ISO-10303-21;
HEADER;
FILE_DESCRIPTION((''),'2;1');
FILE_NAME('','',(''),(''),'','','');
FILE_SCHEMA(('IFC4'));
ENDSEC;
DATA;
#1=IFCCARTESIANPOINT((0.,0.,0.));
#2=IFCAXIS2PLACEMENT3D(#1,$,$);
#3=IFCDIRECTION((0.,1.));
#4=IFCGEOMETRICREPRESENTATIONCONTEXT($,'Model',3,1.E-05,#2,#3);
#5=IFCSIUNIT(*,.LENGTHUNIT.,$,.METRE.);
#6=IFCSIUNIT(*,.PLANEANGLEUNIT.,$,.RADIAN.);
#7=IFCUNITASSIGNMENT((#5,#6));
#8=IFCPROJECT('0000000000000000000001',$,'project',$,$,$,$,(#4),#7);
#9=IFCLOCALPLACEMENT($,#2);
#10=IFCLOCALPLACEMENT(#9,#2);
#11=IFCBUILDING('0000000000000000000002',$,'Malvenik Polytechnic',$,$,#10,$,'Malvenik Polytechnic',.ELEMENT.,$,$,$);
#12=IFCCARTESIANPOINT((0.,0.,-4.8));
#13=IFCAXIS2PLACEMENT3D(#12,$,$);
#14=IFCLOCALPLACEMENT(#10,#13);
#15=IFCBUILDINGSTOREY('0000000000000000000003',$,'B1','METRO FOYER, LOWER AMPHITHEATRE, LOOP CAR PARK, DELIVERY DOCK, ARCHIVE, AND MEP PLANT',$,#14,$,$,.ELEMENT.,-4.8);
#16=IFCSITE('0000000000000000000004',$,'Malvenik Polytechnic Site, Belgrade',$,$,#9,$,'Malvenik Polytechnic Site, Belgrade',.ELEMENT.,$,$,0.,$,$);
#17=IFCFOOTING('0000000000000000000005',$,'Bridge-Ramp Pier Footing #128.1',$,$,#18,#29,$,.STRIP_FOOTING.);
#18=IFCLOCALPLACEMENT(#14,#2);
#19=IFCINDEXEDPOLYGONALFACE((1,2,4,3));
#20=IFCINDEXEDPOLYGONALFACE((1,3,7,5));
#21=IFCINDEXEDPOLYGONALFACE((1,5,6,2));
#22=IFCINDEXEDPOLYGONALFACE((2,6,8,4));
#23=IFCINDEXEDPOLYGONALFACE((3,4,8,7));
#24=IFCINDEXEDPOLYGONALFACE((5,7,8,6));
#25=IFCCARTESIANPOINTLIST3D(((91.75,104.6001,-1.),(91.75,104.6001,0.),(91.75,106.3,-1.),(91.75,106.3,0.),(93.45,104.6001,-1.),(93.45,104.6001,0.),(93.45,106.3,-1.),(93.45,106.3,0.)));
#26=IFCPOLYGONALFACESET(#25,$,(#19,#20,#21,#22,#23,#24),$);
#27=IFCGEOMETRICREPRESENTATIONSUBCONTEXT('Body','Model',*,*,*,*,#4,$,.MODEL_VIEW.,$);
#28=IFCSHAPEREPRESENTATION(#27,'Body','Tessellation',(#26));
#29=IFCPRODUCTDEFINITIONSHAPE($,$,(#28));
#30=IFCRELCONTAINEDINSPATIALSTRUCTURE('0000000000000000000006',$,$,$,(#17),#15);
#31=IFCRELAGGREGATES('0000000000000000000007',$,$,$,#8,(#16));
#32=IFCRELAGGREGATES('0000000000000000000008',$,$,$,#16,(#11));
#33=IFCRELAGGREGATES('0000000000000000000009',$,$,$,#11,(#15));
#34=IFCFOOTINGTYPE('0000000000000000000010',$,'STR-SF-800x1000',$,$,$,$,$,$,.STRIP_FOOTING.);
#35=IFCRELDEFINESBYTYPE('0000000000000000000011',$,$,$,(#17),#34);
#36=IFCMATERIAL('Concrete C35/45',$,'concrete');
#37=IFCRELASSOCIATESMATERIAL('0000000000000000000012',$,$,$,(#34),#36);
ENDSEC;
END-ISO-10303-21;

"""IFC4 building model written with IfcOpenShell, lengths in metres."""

from ifc_helpers import new_model, si_unit, direction, frame, origin, place, context, subcontext, project, spatial, polyline, outline, extrude, material, type_object, element, save


model = new_model("IFC4")

# Units and contexts
model_context = context("Model", 3, precision=1e-05, world=origin(), true_north=direction((0.0, 1.0)))
body_context = subcontext(model_context, "Body", "Model", "MODEL_VIEW")
ifc_project = project(units=[si_unit("LENGTHUNIT", "METRE"), si_unit("PLANEANGLEUNIT", "RADIAN")], contexts=[model_context])

# Site, building, storey
site_placement = place(None, origin())
site = spatial("IfcSite", under=ifc_project, at=site_placement, Name="Malvenik Polytechnic Site, Belgrade", LongName="Malvenik Polytechnic Site, Belgrade", CompositionType="ELEMENT", RefElevation=0.0)
building_placement = place(site_placement, origin())
building = spatial("IfcBuilding", under=site, at=building_placement, Name="Malvenik Polytechnic", LongName="Malvenik Polytechnic", CompositionType="ELEMENT")
storey_placement = place(building_placement, frame((0.0, 0.0, -4.8)))
storey = spatial("IfcBuildingStorey", under=building, at=storey_placement, Name="B1", Description="METRO FOYER, LOWER AMPHITHEATRE, LOOP CAR PARK, DELIVERY DOCK, ARCHIVE, AND MEP PLANT", CompositionType="ELEMENT", Elevation=-4.8)

# Footing
ifc_material = material(Name="Concrete C35/45", Category="concrete")
footing_type = type_object("IfcFootingType", Name="STR-SF-800x1000", PredefinedType="STRIP_FOOTING", material=ifc_material)
footing_1_placement = place(storey_placement, frame((0.0, 0.0, -1.0)))
element("IfcFooting", 1, at=footing_1_placement, inside=storey, type_object=footing_type, Name="Bridge-Ramp Pier Footing #128.1", PredefinedType="STRIP_FOOTING", context=body_context, shape_type="SweptSolid", body=[
    extrude(outline(polyline([(91.75, 104.6001), (91.75, 106.3), (93.45, 106.3), (93.45, 104.6001), (91.75, 104.6001)])), origin(), (0.0, 0.0, 1.0), 1.0),
])

save(model, "model.ifc")
